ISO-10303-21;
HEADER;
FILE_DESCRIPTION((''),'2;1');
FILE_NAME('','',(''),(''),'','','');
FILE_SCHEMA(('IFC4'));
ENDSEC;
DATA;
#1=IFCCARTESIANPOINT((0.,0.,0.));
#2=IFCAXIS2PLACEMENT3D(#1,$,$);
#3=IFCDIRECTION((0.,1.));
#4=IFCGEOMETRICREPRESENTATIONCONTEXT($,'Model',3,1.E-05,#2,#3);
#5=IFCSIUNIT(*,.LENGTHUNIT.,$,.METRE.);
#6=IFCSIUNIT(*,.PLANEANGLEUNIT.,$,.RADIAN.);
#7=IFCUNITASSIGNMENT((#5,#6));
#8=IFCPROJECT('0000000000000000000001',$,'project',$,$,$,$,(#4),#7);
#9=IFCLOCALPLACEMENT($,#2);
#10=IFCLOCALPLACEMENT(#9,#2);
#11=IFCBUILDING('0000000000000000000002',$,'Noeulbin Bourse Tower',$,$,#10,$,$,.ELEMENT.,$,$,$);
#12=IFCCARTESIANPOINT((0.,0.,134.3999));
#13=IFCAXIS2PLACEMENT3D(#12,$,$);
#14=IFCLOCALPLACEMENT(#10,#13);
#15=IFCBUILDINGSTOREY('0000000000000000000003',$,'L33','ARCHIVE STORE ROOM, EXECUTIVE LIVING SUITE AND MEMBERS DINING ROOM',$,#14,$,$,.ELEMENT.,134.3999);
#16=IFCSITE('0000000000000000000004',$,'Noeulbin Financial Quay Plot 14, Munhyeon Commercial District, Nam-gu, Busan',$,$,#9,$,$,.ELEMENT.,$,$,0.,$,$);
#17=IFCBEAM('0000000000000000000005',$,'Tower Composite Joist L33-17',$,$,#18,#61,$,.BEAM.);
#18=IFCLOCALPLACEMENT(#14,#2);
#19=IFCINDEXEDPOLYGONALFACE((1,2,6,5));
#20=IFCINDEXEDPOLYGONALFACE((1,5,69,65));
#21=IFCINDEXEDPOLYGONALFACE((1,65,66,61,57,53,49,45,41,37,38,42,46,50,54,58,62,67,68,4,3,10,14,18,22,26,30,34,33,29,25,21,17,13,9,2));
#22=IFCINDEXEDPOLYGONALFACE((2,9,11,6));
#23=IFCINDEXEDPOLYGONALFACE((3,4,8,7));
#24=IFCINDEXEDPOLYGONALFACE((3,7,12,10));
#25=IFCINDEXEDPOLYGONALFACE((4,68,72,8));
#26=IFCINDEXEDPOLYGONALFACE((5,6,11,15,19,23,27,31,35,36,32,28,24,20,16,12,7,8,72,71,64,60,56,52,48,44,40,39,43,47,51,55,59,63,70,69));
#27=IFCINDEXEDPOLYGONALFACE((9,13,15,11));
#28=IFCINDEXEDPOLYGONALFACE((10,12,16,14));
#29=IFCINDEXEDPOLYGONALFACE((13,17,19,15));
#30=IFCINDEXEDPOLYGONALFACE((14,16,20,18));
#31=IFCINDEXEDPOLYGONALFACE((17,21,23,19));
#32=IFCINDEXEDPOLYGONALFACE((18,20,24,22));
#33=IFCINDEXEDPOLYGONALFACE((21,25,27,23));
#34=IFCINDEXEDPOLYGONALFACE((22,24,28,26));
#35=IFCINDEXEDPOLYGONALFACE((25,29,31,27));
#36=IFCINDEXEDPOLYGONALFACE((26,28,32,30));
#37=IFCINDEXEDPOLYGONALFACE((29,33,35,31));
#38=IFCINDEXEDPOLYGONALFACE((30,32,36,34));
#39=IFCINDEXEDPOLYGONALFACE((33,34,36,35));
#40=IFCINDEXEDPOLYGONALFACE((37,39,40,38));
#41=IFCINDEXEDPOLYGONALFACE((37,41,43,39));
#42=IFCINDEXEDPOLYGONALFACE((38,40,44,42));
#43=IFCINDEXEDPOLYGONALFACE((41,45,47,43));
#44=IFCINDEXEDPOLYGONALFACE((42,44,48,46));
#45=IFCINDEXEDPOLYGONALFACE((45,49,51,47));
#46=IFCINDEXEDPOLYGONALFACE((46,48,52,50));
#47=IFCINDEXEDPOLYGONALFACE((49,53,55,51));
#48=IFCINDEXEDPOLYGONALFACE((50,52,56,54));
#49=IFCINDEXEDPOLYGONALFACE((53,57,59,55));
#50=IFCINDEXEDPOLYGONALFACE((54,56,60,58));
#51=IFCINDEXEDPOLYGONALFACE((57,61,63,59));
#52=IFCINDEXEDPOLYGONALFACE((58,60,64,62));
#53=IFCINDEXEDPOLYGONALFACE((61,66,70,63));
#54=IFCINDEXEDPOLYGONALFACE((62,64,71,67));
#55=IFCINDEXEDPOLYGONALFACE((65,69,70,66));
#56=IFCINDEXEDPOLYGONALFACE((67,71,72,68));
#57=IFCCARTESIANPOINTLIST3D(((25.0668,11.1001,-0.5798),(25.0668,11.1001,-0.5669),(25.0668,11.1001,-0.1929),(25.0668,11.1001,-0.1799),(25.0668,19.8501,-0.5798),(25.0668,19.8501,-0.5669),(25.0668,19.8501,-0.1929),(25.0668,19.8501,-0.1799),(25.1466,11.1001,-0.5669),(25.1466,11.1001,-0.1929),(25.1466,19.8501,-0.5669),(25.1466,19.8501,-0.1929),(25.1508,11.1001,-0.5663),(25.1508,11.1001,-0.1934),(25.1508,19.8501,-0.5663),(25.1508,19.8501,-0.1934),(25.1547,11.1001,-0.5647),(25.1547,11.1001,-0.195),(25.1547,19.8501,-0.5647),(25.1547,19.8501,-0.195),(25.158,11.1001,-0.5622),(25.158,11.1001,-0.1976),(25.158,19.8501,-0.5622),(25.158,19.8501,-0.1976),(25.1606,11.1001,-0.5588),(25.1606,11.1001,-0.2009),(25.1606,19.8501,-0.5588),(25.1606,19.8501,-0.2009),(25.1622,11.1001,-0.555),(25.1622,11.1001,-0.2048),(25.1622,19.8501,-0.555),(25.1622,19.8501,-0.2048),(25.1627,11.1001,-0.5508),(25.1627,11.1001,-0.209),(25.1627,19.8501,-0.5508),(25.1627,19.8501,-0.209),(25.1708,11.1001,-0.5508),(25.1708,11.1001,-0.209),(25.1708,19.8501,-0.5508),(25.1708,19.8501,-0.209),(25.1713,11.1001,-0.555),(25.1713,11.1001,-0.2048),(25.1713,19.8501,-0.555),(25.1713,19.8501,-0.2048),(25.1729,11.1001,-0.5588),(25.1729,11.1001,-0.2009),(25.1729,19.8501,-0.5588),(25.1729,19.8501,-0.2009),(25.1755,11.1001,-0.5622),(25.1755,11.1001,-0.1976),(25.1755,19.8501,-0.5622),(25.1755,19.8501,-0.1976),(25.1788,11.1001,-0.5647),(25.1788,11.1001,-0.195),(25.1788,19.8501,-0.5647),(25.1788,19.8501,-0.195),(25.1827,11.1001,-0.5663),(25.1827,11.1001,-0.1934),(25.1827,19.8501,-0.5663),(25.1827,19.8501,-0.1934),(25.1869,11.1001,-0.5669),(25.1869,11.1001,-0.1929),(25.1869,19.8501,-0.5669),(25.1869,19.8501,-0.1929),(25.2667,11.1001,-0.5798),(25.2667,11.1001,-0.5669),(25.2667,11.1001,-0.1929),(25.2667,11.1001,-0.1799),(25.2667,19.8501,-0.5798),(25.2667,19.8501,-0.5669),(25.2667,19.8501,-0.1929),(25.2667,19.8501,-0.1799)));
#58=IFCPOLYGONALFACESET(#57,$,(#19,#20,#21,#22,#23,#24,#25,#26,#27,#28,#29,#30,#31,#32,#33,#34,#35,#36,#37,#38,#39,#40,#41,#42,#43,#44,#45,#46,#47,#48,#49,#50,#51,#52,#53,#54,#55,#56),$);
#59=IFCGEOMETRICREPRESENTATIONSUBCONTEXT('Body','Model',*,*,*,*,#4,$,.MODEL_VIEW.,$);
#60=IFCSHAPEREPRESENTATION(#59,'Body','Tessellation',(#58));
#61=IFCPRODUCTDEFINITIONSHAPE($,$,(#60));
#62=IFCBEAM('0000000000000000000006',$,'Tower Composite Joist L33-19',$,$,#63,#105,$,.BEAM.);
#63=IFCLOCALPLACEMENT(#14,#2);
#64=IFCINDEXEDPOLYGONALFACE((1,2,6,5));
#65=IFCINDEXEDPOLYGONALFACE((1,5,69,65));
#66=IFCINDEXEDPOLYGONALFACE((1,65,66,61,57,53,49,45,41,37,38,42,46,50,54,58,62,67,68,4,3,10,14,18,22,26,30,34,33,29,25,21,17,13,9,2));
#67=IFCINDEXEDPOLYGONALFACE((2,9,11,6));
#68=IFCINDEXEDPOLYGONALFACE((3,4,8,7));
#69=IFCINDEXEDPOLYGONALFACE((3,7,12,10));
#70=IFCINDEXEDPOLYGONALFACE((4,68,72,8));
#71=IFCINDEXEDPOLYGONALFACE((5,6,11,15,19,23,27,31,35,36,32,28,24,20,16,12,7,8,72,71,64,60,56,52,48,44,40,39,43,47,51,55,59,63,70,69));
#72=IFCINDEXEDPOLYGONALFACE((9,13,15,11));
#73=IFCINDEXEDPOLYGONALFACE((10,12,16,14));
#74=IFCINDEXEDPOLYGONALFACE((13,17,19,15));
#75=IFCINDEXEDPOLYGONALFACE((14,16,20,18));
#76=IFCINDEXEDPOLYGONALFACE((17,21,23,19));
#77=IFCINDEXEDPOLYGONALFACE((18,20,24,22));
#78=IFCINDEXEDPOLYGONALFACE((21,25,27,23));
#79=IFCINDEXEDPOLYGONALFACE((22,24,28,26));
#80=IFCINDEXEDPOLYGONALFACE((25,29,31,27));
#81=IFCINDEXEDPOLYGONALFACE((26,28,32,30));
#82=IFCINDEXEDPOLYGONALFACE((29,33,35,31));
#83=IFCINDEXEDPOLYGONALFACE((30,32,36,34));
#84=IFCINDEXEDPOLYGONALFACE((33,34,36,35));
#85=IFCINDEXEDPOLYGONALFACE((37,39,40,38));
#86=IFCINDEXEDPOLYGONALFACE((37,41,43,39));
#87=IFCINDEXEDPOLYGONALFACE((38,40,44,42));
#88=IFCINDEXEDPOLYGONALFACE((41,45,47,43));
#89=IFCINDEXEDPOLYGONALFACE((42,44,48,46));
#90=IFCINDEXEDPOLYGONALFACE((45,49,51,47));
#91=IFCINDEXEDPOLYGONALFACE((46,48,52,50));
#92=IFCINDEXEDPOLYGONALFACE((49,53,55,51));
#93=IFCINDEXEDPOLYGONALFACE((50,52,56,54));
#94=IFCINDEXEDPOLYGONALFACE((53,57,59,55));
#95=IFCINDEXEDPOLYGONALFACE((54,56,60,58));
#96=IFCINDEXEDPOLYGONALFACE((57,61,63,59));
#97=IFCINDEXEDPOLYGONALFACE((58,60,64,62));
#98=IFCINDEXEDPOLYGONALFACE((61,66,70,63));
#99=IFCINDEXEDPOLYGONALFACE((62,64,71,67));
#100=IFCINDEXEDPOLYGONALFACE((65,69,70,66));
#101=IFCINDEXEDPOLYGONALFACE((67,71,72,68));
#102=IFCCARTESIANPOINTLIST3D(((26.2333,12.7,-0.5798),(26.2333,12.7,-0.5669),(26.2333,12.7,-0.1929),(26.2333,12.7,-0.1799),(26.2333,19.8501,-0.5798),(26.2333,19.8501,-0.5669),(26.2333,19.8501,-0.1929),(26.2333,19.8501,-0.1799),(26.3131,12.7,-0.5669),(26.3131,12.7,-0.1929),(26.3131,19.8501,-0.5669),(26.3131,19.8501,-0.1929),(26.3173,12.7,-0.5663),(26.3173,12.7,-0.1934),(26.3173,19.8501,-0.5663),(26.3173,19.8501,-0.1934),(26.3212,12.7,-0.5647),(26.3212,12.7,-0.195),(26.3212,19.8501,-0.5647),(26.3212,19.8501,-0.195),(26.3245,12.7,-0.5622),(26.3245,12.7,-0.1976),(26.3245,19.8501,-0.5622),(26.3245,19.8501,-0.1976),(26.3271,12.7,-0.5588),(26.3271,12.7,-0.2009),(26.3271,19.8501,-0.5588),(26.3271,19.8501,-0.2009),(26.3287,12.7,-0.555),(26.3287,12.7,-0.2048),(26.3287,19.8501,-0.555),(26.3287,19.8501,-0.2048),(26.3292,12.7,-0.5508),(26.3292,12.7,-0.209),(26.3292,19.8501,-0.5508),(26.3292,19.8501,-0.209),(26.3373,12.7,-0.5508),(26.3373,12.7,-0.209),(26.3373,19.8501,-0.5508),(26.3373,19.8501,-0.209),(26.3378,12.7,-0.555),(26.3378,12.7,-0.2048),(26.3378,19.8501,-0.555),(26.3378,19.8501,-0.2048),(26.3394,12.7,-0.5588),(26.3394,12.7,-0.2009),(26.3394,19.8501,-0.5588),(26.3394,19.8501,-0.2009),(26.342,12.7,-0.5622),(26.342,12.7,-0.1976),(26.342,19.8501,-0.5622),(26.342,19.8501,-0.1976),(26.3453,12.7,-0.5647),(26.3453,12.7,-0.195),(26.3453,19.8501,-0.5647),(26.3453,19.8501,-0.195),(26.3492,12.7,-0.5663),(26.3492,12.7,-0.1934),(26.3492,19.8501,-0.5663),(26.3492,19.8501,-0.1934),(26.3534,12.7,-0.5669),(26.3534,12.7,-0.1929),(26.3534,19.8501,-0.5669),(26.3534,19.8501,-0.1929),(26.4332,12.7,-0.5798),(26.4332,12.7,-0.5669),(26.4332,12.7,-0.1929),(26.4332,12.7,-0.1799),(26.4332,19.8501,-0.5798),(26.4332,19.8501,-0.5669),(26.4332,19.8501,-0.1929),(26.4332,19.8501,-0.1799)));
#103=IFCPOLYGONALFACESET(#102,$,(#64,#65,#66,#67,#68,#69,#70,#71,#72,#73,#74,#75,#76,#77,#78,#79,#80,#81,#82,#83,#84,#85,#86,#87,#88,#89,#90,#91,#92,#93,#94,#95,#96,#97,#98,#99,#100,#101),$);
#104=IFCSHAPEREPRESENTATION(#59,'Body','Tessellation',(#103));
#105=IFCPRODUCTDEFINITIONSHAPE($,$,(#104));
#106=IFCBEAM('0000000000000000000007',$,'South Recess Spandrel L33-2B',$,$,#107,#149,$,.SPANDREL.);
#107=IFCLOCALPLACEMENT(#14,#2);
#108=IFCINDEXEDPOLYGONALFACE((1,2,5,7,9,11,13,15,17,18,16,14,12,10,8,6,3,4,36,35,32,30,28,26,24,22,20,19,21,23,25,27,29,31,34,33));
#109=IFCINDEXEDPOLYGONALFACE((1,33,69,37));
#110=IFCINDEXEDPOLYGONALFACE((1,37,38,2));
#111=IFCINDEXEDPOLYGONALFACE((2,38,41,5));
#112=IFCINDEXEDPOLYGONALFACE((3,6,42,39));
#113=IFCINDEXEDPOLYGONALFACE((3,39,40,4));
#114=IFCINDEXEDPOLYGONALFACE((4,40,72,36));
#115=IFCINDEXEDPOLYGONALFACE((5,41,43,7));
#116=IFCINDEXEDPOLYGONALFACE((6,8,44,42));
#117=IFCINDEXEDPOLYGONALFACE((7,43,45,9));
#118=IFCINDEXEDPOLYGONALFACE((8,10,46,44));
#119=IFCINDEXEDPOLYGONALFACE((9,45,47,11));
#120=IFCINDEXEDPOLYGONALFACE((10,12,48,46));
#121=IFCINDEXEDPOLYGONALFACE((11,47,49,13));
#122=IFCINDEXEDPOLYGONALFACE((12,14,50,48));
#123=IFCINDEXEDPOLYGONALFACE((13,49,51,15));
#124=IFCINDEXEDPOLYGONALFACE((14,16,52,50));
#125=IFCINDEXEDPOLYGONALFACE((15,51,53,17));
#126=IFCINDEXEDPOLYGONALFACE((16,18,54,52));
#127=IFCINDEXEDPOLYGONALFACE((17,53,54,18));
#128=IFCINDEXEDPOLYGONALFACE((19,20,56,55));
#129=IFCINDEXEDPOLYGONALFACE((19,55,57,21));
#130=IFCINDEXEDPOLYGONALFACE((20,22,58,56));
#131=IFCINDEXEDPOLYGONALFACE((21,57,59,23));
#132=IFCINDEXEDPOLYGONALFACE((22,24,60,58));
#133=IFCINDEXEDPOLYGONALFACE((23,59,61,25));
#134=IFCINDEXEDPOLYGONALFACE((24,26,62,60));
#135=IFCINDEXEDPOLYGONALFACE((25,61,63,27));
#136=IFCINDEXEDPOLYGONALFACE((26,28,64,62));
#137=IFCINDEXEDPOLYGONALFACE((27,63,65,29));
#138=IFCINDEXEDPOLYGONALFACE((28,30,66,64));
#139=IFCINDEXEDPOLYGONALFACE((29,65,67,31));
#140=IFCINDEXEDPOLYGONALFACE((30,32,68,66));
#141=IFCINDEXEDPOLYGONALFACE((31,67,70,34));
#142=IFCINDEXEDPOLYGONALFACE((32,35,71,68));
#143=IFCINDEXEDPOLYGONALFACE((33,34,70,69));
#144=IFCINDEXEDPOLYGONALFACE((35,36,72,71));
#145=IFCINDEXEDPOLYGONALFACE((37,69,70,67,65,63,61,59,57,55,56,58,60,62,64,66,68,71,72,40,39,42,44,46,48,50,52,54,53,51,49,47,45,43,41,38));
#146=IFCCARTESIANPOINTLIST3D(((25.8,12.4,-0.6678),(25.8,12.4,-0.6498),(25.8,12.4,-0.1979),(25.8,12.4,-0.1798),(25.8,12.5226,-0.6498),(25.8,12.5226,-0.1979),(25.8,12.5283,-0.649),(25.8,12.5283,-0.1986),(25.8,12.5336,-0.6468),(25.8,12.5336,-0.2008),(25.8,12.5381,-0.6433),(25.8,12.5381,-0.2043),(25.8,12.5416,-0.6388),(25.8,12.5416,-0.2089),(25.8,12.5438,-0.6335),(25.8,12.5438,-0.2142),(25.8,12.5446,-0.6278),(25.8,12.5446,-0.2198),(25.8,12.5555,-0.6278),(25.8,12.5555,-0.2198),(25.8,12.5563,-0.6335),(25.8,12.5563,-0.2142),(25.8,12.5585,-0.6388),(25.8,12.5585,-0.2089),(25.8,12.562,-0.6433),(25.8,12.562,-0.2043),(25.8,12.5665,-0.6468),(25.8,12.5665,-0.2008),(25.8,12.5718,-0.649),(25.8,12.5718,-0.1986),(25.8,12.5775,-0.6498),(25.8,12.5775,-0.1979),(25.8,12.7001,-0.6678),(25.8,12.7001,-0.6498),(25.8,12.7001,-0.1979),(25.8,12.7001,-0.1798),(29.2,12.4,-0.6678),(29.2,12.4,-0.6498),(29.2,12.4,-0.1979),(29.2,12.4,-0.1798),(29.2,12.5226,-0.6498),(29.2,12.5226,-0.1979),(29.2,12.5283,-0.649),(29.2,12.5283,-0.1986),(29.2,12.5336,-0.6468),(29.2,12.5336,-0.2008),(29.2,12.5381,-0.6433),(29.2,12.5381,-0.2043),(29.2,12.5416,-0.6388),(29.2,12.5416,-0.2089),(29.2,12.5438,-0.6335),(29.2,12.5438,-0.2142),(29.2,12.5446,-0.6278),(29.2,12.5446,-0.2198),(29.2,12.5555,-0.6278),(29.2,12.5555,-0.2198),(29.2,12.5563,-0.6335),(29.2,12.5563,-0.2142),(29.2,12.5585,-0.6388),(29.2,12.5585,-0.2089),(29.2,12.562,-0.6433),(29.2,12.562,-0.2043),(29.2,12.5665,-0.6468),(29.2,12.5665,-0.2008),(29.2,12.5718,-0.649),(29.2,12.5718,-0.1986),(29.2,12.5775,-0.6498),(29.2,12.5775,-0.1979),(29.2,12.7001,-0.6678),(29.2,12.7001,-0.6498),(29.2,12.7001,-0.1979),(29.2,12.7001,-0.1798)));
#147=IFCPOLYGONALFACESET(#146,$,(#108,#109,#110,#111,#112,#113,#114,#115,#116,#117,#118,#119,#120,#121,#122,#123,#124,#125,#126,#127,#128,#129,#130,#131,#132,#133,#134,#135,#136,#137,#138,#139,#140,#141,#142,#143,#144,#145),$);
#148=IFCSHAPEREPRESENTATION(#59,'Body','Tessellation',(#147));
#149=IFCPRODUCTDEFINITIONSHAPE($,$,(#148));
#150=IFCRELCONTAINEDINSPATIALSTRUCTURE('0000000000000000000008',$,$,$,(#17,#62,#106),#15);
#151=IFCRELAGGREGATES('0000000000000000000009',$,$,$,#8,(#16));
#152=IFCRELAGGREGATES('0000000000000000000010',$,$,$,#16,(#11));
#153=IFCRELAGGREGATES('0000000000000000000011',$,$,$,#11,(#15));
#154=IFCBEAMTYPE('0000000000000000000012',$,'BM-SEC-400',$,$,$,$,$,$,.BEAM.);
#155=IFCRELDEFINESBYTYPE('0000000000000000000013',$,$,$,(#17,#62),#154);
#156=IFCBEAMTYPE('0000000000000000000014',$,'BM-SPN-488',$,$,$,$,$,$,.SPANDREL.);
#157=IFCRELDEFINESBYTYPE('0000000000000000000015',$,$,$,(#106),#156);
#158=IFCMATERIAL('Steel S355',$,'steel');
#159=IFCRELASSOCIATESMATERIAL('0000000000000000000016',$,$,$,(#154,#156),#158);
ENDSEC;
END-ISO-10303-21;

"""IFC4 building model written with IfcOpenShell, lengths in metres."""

from ifc_helpers import new_model, si_unit, direction, frame, origin, origin_2d, place, context, subcontext, project, spatial, i_section, extrude, material, material_profile, profile_set, type_object, element, save


model = new_model("IFC4")

# Units and contexts
model_context = context("Model", 3, precision=1e-05, world=origin(), true_north=direction((0.0, 1.0)))
body_context = subcontext(model_context, "Body", "Model", "MODEL_VIEW")
ifc_project = project(units=[si_unit("LENGTHUNIT", "METRE"), si_unit("PLANEANGLEUNIT", "RADIAN")], contexts=[model_context])

# Site, building, storey
site_placement = place(None, origin())
site = spatial("IfcSite", under=ifc_project, at=site_placement, Name="Noeulbin Financial Quay Plot 14, Munhyeon Commercial District, Nam-gu, Busan", CompositionType="ELEMENT", RefElevation=0.0)
building_placement = place(site_placement, origin())
building = spatial("IfcBuilding", under=site, at=building_placement, Name="Noeulbin Bourse Tower", CompositionType="ELEMENT")
storey_placement = place(building_placement, frame((0.0, 0.0, 134.3999)))
storey = spatial("IfcBuildingStorey", under=building, at=storey_placement, Name="L33", Description="ARCHIVE STORE ROOM, EXECUTIVE LIVING SUITE AND MEMBERS DINING ROOM", CompositionType="ELEMENT", Elevation=134.3999)

# Beams
ifc_material_1 = material(Name="Steel S355", Category="steel")
ifc_material_profile_1 = material_profile(ifc_material_1, i_section(OverallWidth=0.2, OverallDepth=0.3999, WebThickness=0.0081, FlangeThickness=0.0129, FilletRadius=0.0161, at=origin_2d()), Name="H-400x200x8x13", Category="LoadBearing")
ifc_profile_set_1 = profile_set([ifc_material_profile_1], Name="Steel S355")
beam_type_1 = type_object("IfcBeamType", Name="BM-SEC-400", PredefinedType="BEAM", material=ifc_profile_set_1)
for number, where, z_axis, x_axis, name in (
    (1, (25.1667, 11.1001, -0.3799), (0.0, 1.0, 0.0), (-1.0, 0.0, 0.0), "Tower Composite Joist L33-17"),
):
    element("IfcBeam", number, at=place(storey_placement, frame(where, z_axis=z_axis, x_axis=x_axis)), inside=storey, type_object=beam_type_1, Name=name, PredefinedType="BEAM", context=body_context, shape_type="SweptSolid", body=[
        extrude(i_section(OverallWidth=0.2, OverallDepth=0.3999, WebThickness=0.0081, FlangeThickness=0.0129, FilletRadius=0.0161, at=origin_2d()), origin(), (0.0, 0.0, 1.0), 8.75),
    ])
beam_1_placement = place(storey_placement, frame((26.3333, 12.7, -0.3799), z_axis=(0.0, 1.0, 0.0), x_axis=(-1.0, 0.0, 0.0)))
element("IfcBeam", 2, at=beam_1_placement, inside=storey, type_object=beam_type_1, Name="Tower Composite Joist L33-19", PredefinedType="BEAM", context=body_context, shape_type="SweptSolid", body=[
    extrude(i_section(OverallWidth=0.2, OverallDepth=0.3999, WebThickness=0.0081, FlangeThickness=0.0129, FilletRadius=0.0161, at=origin_2d()), origin(), (0.0, 0.0, 1.0), 7.1501),
])
ifc_material_profile_2 = material_profile(ifc_material_1, i_section(OverallWidth=0.3, OverallDepth=0.488, WebThickness=0.011, FlangeThickness=0.0181, FilletRadius=0.022, at=origin_2d()), Name="H-488x300x11x18", Category="LoadBearing")
ifc_profile_set_2 = profile_set([ifc_material_profile_2], Name="Steel S355")
beam_type_2 = type_object("IfcBeamType", Name="BM-SPN-488", PredefinedType="SPANDREL", material=ifc_profile_set_2)
beam_2_placement = place(storey_placement, frame((25.8, 12.55, -0.4238), z_axis=(1.0, 0.0, 0.0), x_axis=(0.0, 1.0, 0.0)))
element("IfcBeam", 3, at=beam_2_placement, inside=storey, type_object=beam_type_2, Name="South Recess Spandrel L33-2B", PredefinedType="SPANDREL", context=body_context, shape_type="SweptSolid", body=[
    extrude(i_section(OverallWidth=0.3, OverallDepth=0.488, WebThickness=0.011, FlangeThickness=0.0181, FilletRadius=0.022, at=origin_2d()), origin(), (0.0, 0.0, 1.0), 3.3999),
])

save(model, "model.ifc")
